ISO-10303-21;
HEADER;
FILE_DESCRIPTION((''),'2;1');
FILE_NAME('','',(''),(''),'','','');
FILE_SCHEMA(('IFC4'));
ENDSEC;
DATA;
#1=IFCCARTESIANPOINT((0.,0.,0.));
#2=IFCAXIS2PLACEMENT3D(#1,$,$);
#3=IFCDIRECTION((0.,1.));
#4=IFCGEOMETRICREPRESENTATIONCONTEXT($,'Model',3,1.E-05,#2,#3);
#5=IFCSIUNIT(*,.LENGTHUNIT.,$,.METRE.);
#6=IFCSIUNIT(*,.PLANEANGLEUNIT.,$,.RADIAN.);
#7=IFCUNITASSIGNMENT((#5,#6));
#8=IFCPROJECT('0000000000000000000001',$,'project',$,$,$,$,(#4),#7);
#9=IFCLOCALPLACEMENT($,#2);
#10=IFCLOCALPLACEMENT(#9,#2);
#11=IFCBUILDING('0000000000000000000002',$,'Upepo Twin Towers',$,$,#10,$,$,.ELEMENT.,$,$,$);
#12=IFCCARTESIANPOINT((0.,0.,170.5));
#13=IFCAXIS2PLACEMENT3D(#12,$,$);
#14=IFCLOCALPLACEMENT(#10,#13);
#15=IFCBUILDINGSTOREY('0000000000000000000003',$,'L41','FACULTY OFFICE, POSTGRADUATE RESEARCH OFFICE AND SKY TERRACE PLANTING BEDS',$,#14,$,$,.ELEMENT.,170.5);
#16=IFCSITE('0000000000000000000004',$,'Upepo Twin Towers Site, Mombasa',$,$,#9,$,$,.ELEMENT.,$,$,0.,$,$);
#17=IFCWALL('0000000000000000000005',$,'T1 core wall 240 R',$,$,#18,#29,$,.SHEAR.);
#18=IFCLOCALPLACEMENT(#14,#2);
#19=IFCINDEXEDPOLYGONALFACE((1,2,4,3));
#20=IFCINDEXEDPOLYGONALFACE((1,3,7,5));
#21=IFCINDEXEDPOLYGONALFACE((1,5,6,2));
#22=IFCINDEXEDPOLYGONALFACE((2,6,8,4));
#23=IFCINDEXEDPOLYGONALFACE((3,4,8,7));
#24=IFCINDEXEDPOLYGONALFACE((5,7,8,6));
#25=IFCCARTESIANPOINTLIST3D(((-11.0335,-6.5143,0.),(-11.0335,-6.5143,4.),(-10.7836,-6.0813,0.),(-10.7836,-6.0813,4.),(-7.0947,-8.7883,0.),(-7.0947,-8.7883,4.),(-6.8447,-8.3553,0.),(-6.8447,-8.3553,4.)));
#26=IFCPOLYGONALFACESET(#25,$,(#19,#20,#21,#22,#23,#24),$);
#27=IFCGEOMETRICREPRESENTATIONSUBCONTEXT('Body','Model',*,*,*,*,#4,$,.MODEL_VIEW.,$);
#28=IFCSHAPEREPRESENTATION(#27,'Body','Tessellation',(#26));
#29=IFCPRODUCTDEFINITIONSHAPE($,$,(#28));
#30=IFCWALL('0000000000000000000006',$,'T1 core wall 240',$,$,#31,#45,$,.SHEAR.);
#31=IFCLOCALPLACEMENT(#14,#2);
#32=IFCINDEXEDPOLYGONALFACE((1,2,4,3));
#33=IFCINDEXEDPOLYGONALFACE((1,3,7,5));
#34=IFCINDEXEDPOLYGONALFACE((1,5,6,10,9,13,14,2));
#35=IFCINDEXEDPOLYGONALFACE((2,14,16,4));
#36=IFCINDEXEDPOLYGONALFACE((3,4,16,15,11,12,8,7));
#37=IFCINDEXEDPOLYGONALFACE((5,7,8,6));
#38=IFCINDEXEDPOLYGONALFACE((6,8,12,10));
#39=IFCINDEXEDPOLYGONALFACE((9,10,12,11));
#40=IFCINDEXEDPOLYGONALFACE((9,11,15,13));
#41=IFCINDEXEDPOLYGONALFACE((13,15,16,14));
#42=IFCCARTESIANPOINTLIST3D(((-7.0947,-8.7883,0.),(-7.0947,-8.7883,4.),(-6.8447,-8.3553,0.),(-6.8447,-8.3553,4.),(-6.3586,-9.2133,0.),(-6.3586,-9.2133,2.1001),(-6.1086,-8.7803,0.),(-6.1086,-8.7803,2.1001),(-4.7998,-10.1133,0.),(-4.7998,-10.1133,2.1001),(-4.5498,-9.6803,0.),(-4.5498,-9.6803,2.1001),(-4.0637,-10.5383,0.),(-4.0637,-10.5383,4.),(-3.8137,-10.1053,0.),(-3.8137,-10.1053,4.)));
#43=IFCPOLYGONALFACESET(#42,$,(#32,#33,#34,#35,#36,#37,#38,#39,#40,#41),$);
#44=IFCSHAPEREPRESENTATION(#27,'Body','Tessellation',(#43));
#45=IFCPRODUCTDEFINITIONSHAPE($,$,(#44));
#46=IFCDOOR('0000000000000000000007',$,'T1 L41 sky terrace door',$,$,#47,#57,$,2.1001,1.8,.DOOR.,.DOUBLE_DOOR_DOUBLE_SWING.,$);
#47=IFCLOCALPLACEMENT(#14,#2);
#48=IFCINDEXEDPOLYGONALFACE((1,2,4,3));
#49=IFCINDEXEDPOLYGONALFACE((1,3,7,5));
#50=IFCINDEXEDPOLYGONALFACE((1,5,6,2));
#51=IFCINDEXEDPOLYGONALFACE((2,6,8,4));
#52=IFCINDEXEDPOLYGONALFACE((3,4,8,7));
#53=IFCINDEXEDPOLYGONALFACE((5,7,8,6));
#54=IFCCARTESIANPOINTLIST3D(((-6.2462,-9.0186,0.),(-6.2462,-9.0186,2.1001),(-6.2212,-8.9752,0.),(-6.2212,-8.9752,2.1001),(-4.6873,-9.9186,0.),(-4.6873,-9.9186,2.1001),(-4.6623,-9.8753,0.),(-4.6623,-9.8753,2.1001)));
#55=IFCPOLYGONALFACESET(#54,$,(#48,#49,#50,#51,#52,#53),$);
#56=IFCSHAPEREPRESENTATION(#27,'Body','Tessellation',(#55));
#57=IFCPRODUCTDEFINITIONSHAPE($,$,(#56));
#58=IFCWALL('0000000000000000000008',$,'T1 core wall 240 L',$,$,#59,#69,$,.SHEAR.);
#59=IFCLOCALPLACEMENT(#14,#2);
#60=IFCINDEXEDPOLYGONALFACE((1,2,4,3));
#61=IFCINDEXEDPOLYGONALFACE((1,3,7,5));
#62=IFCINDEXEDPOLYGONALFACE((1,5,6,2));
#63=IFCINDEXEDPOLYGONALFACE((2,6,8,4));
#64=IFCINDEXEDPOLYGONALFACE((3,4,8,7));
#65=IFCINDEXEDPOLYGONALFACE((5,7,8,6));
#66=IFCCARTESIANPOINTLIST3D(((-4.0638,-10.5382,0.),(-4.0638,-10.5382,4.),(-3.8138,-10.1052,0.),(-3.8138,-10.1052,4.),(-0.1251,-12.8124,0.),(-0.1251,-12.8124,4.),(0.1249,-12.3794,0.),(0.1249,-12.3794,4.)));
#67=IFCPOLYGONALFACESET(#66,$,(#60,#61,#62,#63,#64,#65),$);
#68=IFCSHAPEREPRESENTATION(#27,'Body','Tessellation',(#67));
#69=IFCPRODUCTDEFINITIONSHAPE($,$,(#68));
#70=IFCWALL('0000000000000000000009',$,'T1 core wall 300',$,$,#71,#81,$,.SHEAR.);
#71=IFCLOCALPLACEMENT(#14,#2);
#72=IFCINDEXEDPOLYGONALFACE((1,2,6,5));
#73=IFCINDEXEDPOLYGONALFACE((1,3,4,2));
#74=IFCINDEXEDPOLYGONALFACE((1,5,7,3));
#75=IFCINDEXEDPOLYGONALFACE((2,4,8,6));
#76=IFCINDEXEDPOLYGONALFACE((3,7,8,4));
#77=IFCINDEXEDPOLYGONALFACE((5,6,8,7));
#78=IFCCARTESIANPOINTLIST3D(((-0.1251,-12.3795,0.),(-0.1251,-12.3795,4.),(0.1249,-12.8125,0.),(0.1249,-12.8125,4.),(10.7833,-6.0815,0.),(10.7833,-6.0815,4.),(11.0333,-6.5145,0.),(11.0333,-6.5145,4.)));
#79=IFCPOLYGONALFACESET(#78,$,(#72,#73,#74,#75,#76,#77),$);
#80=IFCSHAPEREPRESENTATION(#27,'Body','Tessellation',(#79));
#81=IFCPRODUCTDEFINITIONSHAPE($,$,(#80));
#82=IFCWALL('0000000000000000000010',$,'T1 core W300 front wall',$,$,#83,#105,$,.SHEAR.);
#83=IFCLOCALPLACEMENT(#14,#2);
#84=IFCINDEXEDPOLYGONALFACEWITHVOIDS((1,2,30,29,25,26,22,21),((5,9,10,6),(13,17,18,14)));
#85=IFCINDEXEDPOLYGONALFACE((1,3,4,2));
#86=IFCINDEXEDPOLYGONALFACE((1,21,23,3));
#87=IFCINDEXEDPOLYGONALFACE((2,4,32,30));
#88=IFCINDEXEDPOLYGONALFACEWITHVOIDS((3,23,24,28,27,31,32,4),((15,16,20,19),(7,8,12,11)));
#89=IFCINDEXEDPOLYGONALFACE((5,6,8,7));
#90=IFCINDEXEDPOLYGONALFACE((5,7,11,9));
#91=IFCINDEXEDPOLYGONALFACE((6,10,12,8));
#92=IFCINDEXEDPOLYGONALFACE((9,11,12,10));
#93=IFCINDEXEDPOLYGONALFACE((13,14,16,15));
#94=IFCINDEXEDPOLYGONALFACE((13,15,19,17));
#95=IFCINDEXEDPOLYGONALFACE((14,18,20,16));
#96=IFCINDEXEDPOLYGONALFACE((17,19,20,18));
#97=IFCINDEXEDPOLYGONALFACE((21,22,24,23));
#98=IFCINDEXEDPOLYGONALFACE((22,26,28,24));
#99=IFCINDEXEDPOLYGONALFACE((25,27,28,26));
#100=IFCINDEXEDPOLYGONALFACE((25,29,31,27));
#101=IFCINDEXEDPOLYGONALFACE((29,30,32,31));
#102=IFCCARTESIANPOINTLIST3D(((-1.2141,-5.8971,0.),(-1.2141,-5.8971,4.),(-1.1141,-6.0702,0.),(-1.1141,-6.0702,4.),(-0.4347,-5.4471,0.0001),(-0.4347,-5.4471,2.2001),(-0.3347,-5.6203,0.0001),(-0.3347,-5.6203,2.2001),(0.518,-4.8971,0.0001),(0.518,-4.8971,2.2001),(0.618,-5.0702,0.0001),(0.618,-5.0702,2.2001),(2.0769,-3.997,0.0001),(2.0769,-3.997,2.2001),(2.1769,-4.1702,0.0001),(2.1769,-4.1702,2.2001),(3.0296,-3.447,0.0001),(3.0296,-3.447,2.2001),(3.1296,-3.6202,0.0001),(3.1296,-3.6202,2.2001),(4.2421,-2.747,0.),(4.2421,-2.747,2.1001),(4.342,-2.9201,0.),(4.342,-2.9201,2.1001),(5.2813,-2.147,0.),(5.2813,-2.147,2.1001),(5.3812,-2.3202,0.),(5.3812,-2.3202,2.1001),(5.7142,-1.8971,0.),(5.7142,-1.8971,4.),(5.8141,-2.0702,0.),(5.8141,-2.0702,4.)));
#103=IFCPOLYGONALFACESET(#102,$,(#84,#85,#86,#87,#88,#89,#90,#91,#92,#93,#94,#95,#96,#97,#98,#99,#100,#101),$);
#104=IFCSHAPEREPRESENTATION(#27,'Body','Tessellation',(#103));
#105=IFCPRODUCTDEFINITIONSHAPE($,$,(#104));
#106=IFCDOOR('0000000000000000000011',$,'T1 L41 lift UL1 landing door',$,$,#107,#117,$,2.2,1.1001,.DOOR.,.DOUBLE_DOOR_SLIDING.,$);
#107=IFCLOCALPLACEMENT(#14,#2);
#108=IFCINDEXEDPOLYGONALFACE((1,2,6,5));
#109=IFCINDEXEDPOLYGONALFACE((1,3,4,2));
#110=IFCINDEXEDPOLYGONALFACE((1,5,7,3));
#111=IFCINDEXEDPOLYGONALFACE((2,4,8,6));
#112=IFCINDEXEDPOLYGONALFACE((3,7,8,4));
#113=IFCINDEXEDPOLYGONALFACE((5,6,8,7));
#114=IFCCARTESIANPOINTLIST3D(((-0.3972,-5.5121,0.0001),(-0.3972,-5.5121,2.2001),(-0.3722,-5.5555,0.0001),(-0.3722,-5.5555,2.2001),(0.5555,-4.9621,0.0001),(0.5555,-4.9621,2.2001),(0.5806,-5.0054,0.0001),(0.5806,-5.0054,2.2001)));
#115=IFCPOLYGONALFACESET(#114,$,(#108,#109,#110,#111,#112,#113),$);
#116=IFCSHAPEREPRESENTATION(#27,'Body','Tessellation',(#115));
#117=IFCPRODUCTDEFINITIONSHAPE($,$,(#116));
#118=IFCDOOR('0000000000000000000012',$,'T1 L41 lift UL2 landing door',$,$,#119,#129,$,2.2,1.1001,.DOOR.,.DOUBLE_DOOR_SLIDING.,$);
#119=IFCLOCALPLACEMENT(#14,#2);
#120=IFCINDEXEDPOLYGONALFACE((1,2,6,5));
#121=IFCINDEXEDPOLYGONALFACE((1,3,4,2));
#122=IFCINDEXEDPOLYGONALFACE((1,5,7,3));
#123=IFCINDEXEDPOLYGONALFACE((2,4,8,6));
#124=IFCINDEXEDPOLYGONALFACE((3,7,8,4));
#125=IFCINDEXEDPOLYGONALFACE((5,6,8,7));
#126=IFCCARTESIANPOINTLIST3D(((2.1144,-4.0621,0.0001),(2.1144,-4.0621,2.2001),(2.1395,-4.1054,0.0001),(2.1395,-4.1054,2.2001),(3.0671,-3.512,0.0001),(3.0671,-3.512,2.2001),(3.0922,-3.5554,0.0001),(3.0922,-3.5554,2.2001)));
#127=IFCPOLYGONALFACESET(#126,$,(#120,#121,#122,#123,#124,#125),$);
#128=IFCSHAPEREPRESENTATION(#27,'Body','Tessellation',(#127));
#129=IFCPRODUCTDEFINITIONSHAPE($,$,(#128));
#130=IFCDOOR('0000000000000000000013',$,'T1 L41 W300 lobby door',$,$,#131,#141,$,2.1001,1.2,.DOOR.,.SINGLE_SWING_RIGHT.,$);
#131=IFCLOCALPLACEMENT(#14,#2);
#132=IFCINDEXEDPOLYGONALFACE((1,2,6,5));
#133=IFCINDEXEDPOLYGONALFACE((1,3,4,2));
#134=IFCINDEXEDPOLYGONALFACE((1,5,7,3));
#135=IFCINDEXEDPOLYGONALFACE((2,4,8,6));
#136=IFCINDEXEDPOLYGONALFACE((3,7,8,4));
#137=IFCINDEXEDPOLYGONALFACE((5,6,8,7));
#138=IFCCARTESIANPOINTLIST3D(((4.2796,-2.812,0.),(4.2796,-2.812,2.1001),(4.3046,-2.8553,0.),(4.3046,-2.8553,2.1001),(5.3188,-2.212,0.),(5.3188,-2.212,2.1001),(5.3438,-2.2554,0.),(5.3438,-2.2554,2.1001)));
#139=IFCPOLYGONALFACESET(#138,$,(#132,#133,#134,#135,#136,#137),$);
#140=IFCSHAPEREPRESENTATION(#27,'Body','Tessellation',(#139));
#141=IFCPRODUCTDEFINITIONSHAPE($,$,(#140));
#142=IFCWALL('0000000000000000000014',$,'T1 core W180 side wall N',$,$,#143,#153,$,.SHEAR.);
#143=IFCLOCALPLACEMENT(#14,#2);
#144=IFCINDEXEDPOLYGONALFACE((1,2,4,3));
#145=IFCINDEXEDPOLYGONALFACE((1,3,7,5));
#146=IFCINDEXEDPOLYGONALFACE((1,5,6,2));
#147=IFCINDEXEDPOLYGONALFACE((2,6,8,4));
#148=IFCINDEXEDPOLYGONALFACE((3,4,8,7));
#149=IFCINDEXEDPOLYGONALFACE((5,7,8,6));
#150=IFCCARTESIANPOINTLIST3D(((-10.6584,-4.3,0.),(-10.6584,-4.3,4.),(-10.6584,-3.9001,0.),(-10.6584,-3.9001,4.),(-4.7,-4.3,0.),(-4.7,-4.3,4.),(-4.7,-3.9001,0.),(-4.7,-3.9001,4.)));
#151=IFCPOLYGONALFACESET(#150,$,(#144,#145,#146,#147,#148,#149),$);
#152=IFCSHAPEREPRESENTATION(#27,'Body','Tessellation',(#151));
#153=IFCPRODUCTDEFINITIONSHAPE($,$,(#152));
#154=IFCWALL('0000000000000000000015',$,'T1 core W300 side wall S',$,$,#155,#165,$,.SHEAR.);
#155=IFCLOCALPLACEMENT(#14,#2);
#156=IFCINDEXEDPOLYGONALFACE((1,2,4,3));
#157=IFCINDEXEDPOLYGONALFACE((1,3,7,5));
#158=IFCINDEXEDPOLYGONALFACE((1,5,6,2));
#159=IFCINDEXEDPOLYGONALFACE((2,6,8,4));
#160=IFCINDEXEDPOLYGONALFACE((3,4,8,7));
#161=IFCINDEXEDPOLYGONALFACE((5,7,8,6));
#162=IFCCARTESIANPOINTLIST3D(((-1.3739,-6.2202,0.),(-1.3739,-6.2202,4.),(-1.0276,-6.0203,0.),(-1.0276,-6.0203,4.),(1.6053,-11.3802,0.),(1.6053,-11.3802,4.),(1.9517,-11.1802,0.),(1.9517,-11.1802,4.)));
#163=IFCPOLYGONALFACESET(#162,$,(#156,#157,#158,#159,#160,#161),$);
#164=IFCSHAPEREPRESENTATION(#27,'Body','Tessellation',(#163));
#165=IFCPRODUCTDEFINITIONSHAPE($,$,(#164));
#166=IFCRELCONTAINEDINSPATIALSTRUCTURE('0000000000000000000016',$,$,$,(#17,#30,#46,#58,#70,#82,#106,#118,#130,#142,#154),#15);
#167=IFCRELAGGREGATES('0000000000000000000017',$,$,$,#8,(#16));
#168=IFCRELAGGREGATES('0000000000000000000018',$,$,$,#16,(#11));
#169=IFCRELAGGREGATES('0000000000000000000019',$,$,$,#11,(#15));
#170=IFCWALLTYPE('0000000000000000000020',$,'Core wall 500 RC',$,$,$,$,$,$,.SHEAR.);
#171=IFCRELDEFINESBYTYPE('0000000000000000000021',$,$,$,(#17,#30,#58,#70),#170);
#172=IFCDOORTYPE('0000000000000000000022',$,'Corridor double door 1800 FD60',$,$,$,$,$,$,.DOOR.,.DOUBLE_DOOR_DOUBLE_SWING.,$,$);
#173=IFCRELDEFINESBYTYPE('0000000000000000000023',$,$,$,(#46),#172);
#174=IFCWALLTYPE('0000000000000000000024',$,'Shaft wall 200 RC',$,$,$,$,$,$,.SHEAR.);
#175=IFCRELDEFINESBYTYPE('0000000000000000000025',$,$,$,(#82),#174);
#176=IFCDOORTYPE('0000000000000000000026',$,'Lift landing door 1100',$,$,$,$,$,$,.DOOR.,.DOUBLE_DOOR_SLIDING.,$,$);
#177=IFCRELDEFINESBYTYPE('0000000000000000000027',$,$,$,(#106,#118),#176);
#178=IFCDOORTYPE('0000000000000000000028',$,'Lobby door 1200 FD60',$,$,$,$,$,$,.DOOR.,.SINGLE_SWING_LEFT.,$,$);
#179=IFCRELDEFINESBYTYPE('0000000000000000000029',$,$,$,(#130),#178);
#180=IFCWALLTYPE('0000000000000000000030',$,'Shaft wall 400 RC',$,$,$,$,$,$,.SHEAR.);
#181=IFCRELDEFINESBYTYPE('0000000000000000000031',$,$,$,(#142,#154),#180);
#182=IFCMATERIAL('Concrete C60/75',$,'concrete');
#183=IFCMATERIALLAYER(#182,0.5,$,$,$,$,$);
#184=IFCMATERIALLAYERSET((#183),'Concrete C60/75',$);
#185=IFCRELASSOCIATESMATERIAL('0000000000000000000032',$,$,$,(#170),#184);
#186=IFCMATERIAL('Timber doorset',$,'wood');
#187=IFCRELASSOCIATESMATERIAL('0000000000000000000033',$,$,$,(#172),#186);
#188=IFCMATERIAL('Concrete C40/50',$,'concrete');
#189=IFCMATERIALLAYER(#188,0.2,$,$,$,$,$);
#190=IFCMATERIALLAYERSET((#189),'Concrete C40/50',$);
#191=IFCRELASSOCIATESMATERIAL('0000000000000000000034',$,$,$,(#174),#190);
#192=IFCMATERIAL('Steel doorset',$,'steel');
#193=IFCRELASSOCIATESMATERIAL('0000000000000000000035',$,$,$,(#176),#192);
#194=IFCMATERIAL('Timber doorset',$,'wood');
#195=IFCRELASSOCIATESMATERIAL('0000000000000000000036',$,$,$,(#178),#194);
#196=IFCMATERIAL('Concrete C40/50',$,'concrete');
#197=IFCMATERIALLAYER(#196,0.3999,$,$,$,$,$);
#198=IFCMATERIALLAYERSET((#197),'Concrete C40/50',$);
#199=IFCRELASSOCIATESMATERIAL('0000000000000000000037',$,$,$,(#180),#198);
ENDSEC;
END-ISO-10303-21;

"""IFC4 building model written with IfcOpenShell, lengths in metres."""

from ifc_helpers import new_model, si_unit, direction, frame, frame_2d, origin, place, context, subcontext, project, spatial, rectangle, extrude, material, layer, layer_set, type_object, element, fill, save


model = new_model("IFC4")

# Units and contexts
model_context = context("Model", 3, precision=1e-05, world=origin(), true_north=direction((0.0, 1.0)))
body_context = subcontext(model_context, "Body", "Model", "MODEL_VIEW")
ifc_project = project(units=[si_unit("LENGTHUNIT", "METRE"), si_unit("PLANEANGLEUNIT", "RADIAN")], contexts=[model_context])

# Site, building, storey
site_placement = place(None, origin())
site = spatial("IfcSite", under=ifc_project, at=site_placement, Name="Upepo Twin Towers Site, Mombasa", CompositionType="ELEMENT", RefElevation=0.0)
building_placement = place(site_placement, origin())
building = spatial("IfcBuilding", under=site, at=building_placement, Name="Upepo Twin Towers", CompositionType="ELEMENT")
storey_placement = place(building_placement, frame((0.0, 0.0, 170.5)))
storey = spatial("IfcBuildingStorey", under=building, at=storey_placement, Name="L41", Description="FACULTY OFFICE, POSTGRADUATE RESEARCH OFFICE AND SKY TERRACE PLANTING BEDS", CompositionType="ELEMENT", Elevation=170.5)

# Wall
ifc_material_1 = material(Name="Concrete C60/75", Category="concrete")
ifc_layer_1 = layer(ifc_material_1, 0.5)
ifc_layer_set_1 = layer_set([ifc_layer_1], Name="Concrete C60/75")
wall_type_1 = type_object("IfcWallType", Name="Core wall 500 RC", PredefinedType="SHEAR", material=ifc_layer_set_1)
wall_1_placement = place(storey_placement, frame((-10.9084, -6.2979, 0.0), z_axis=(0.0, 0.0, 1.0), x_axis=(0.866035, -0.499984, 0.0)))
element("IfcWall", 1, at=wall_1_placement, inside=storey, type_object=wall_type_1, Name="T1 core wall 240 R", PredefinedType="SHEAR", context=body_context, shape_type="SweptSolid", body=[
    extrude(rectangle(XDim=4.5481, YDim=0.5, at=frame_2d((2.2739, 0.0))), origin(), (0.0, 0.0, 1.0), 4.0),
])

# Wall, opening, door
wall_2_placement = place(storey_placement, frame((-6.9697, -8.5718, 0.0), z_axis=(0.0, 0.0, 1.0), x_axis=(0.866019, -0.50001, 0.0)))
wall_2 = element("IfcWall", 2, at=wall_2_placement, inside=storey, type_object=wall_type_1, Name="T1 core wall 240", PredefinedType="SHEAR", context=body_context, shape_type="SweptSolid", body=[
    extrude(rectangle(XDim=3.5, YDim=0.5, at=frame_2d((1.75, 0.0))), origin(), (0.0, 0.0, 1.0), 4.0),
])
opening_1_placement = place(wall_2_placement, frame((0.8501, 0.0, 0.0)))
opening_1 = element("IfcOpeningElement", 3, at=opening_1_placement, cuts=wall_2, PredefinedType="OPENING", context=body_context, shape_type="SweptSolid", body=[
    extrude(rectangle(XDim=1.8, YDim=2.1001, at=frame_2d((0.8999, 1.05))), frame((0.0, 0.26, 0.0), z_axis=(0.0, -1.0, 0.0), x_axis=(1.0, 0.0, 0.0)), (0.0, 0.0, 1.0), 0.52),
])
ifc_material_2 = material(Name="Timber doorset", Category="wood")
door_type_1 = type_object("IfcDoorType", Name="Corridor double door 1800 FD60", OperationType="DOUBLE_DOOR_DOUBLE_SWING", PredefinedType="DOOR", material=ifc_material_2)
door_1_placement = place(opening_1_placement, origin())
door_1 = element("IfcDoor", 4, at=door_1_placement, inside=storey, type_object=door_type_1, Name="T1 L41 sky terrace door", OperationType="DOUBLE_DOOR_DOUBLE_SWING", OverallHeight=2.1001, OverallWidth=1.8, PredefinedType="DOOR", context=body_context, shape_type="SweptSolid", body=[
    extrude(rectangle(XDim=1.8, YDim=2.1001, at=frame_2d((0.8999, 1.05))), frame((0.0, 0.0249, 0.0), z_axis=(0.0, -1.0, 0.0), x_axis=(1.0, 0.0, 0.0)), (0.0, 0.0, 1.0), 0.05),
])
fill(opening_1, door_1)

# Walls
wall_3_placement = place(storey_placement, frame((-3.9387, -10.3218, 0.0), z_axis=(0.0, 0.0, 1.0), x_axis=(0.866011, -0.500024, 0.0)))
element("IfcWall", 5, at=wall_3_placement, inside=storey, type_object=wall_type_1, Name="T1 core wall 240 L", PredefinedType="SHEAR", context=body_context, shape_type="SweptSolid", body=[
    extrude(rectangle(XDim=4.5481, YDim=0.5, at=frame_2d((2.2739, 0.0))), origin(), (0.0, 0.0, 1.0), 4.0),
])
wall_4_placement = place(storey_placement, frame((0.0, -12.5959, 0.0), z_axis=(0.0, 0.0, 1.0), x_axis=(0.866022, 0.500006, 0.0)))
element("IfcWall", 6, at=wall_4_placement, inside=storey, type_object=wall_type_1, Name="T1 core wall 300", PredefinedType="SHEAR", context=body_context, shape_type="SweptSolid", body=[
    extrude(rectangle(XDim=12.5959, YDim=0.5, at=frame_2d((6.2979, 0.0))), origin(), (0.0, 0.0, 1.0), 4.0),
])

# Wall, openings, doors
ifc_material_3 = material(Name="Concrete C40/50", Category="concrete")
ifc_layer_2 = layer(ifc_material_3, 0.2)
ifc_layer_set_2 = layer_set([ifc_layer_2], Name="Concrete C40/50")
wall_type_2 = type_object("IfcWallType", Name="Shaft wall 200 RC", PredefinedType="SHEAR", material=ifc_layer_set_2)
wall_5_placement = place(storey_placement, frame((-1.1641, -5.9836, 0.0), z_axis=(0.0, 0.0, 1.0), x_axis=(0.866026, 0.499999, 0.0)))
wall_5 = element("IfcWall", 7, at=wall_5_placement, inside=storey, type_object=wall_type_2, Name="T1 core W300 front wall", PredefinedType="SHEAR", context=body_context, shape_type="SweptSolid", body=[
    extrude(rectangle(XDim=8.0, YDim=0.2, at=frame_2d((4.0, 0.0))), origin(), (0.0, 0.0, 1.0), 4.0),
])
opening_2_placement = place(wall_5_placement, frame((6.3, 0.0, 0.0)))
opening_2 = element("IfcOpeningElement", 8, at=opening_2_placement, cuts=wall_5, PredefinedType="OPENING", context=body_context, shape_type="SweptSolid", body=[
    extrude(rectangle(XDim=1.2, YDim=2.1001, at=frame_2d((0.6001, 1.05))), frame((0.0, 0.1099, 0.0), z_axis=(0.0, -1.0, 0.0), x_axis=(1.0, 0.0, 0.0)), (0.0, 0.0, 1.0), 0.22),
])
opening_3_placement = place(wall_5_placement, frame((0.8999, 0.0, 0.0)))
opening_3 = element("IfcOpeningElement", 9, at=opening_3_placement, cuts=wall_5, PredefinedType="OPENING", context=body_context, shape_type="SweptSolid", body=[
    extrude(rectangle(XDim=1.1001, YDim=2.2, at=frame_2d((0.55, 1.1001))), frame((0.0, 0.1099, 0.0), z_axis=(0.0, -1.0, 0.0), x_axis=(1.0, 0.0, 0.0)), (0.0, 0.0, 1.0), 0.22),
])
opening_4_placement = place(wall_5_placement, frame((3.8, 0.0, 0.0)))
opening_4 = element("IfcOpeningElement", 10, at=opening_4_placement, cuts=wall_5, PredefinedType="OPENING", context=body_context, shape_type="SweptSolid", body=[
    extrude(rectangle(XDim=1.1001, YDim=2.2, at=frame_2d((0.55, 1.1001))), frame((0.0, 0.1099, 0.0), z_axis=(0.0, -1.0, 0.0), x_axis=(1.0, 0.0, 0.0)), (0.0, 0.0, 1.0), 0.22),
])
ifc_material_4 = material(Name="Steel doorset", Category="steel")
door_type_2 = type_object("IfcDoorType", Name="Lift landing door 1100", OperationType="DOUBLE_DOOR_SLIDING", PredefinedType="DOOR", material=ifc_material_4)
door_2_placement = place(opening_3_placement, origin())
door_2 = element("IfcDoor", 11, at=door_2_placement, inside=storey, type_object=door_type_2, Name="T1 L41 lift UL1 landing door", OperationType="DOUBLE_DOOR_SLIDING", OverallHeight=2.2, OverallWidth=1.1001, PredefinedType="DOOR", context=body_context, shape_type="SweptSolid", body=[
    extrude(rectangle(XDim=1.1001, YDim=2.2, at=frame_2d((0.55, 1.1001))), frame((0.0, 0.0249, 0.0), z_axis=(0.0, -1.0, 0.0), x_axis=(1.0, 0.0, 0.0)), (0.0, 0.0, 1.0), 0.05),
])
fill(opening_3, door_2)
door_3_placement = place(opening_4_placement, origin())
door_3 = element("IfcDoor", 12, at=door_3_placement, inside=storey, type_object=door_type_2, Name="T1 L41 lift UL2 landing door", OperationType="DOUBLE_DOOR_SLIDING", OverallHeight=2.2, OverallWidth=1.1001, PredefinedType="DOOR", context=body_context, shape_type="SweptSolid", body=[
    extrude(rectangle(XDim=1.1001, YDim=2.2, at=frame_2d((0.55, 1.1001))), frame((0.0, 0.0249, 0.0), z_axis=(0.0, -1.0, 0.0), x_axis=(1.0, 0.0, 0.0)), (0.0, 0.0, 1.0), 0.05),
])
fill(opening_4, door_3)
ifc_material_5 = material(Name="Timber doorset", Category="wood")
door_type_3 = type_object("IfcDoorType", Name="Lobby door 1200 FD60", OperationType="SINGLE_SWING_LEFT", PredefinedType="DOOR", material=ifc_material_5)
door_4_placement = place(opening_2_placement, origin())
door_4 = element("IfcDoor", 13, at=door_4_placement, inside=storey, type_object=door_type_3, Name="T1 L41 W300 lobby door", OperationType="SINGLE_SWING_RIGHT", OverallHeight=2.1001, OverallWidth=1.2, PredefinedType="DOOR", context=body_context, shape_type="SweptSolid", body=[
    extrude(rectangle(XDim=1.2, YDim=2.1001, at=frame_2d((0.6001, 1.05))), frame((0.0, 0.0249, 0.0), z_axis=(0.0, -1.0, 0.0), x_axis=(1.0, 0.0, 0.0)), (0.0, 0.0, 1.0), 0.05),
])
fill(opening_2, door_4)

# Walls
ifc_material_6 = material(Name="Concrete C40/50", Category="concrete")
ifc_layer_3 = layer(ifc_material_6, 0.3999)
ifc_layer_set_3 = layer_set([ifc_layer_3], Name="Concrete C40/50")
wall_type_3 = type_object("IfcWallType", Name="Shaft wall 400 RC", PredefinedType="SHEAR", material=ifc_layer_set_3)
wall_6_placement = place(storey_placement, frame((-4.7, -4.1001, 0.0), z_axis=(0.0, 0.0, 1.0), x_axis=(-1.0, 0.0, 0.0)))
element("IfcWall", 14, at=wall_6_placement, inside=storey, type_object=wall_type_3, Name="T1 core W180 side wall N", PredefinedType="SHEAR", context=body_context, shape_type="SweptSolid", body=[
    extrude(rectangle(XDim=5.9585, YDim=0.3999, at=frame_2d((2.9792, 0.0))), origin(), (0.0, 0.0, 1.0), 4.0),
])
wall_7_placement = place(storey_placement, frame((-1.2007, -6.1204, 0.0), z_axis=(0.0, 0.0, 1.0), x_axis=(0.500022, -0.866013, 0.0)))
element("IfcWall", 15, at=wall_7_placement, inside=storey, type_object=wall_type_3, Name="T1 core W300 side wall S", PredefinedType="SHEAR", context=body_context, shape_type="SweptSolid", body=[
    extrude(rectangle(XDim=5.9583, YDim=0.3999, at=frame_2d((2.979, 0.0))), origin(), (0.0, 0.0, 1.0), 4.0),
])

save(model, "model.ifc")
